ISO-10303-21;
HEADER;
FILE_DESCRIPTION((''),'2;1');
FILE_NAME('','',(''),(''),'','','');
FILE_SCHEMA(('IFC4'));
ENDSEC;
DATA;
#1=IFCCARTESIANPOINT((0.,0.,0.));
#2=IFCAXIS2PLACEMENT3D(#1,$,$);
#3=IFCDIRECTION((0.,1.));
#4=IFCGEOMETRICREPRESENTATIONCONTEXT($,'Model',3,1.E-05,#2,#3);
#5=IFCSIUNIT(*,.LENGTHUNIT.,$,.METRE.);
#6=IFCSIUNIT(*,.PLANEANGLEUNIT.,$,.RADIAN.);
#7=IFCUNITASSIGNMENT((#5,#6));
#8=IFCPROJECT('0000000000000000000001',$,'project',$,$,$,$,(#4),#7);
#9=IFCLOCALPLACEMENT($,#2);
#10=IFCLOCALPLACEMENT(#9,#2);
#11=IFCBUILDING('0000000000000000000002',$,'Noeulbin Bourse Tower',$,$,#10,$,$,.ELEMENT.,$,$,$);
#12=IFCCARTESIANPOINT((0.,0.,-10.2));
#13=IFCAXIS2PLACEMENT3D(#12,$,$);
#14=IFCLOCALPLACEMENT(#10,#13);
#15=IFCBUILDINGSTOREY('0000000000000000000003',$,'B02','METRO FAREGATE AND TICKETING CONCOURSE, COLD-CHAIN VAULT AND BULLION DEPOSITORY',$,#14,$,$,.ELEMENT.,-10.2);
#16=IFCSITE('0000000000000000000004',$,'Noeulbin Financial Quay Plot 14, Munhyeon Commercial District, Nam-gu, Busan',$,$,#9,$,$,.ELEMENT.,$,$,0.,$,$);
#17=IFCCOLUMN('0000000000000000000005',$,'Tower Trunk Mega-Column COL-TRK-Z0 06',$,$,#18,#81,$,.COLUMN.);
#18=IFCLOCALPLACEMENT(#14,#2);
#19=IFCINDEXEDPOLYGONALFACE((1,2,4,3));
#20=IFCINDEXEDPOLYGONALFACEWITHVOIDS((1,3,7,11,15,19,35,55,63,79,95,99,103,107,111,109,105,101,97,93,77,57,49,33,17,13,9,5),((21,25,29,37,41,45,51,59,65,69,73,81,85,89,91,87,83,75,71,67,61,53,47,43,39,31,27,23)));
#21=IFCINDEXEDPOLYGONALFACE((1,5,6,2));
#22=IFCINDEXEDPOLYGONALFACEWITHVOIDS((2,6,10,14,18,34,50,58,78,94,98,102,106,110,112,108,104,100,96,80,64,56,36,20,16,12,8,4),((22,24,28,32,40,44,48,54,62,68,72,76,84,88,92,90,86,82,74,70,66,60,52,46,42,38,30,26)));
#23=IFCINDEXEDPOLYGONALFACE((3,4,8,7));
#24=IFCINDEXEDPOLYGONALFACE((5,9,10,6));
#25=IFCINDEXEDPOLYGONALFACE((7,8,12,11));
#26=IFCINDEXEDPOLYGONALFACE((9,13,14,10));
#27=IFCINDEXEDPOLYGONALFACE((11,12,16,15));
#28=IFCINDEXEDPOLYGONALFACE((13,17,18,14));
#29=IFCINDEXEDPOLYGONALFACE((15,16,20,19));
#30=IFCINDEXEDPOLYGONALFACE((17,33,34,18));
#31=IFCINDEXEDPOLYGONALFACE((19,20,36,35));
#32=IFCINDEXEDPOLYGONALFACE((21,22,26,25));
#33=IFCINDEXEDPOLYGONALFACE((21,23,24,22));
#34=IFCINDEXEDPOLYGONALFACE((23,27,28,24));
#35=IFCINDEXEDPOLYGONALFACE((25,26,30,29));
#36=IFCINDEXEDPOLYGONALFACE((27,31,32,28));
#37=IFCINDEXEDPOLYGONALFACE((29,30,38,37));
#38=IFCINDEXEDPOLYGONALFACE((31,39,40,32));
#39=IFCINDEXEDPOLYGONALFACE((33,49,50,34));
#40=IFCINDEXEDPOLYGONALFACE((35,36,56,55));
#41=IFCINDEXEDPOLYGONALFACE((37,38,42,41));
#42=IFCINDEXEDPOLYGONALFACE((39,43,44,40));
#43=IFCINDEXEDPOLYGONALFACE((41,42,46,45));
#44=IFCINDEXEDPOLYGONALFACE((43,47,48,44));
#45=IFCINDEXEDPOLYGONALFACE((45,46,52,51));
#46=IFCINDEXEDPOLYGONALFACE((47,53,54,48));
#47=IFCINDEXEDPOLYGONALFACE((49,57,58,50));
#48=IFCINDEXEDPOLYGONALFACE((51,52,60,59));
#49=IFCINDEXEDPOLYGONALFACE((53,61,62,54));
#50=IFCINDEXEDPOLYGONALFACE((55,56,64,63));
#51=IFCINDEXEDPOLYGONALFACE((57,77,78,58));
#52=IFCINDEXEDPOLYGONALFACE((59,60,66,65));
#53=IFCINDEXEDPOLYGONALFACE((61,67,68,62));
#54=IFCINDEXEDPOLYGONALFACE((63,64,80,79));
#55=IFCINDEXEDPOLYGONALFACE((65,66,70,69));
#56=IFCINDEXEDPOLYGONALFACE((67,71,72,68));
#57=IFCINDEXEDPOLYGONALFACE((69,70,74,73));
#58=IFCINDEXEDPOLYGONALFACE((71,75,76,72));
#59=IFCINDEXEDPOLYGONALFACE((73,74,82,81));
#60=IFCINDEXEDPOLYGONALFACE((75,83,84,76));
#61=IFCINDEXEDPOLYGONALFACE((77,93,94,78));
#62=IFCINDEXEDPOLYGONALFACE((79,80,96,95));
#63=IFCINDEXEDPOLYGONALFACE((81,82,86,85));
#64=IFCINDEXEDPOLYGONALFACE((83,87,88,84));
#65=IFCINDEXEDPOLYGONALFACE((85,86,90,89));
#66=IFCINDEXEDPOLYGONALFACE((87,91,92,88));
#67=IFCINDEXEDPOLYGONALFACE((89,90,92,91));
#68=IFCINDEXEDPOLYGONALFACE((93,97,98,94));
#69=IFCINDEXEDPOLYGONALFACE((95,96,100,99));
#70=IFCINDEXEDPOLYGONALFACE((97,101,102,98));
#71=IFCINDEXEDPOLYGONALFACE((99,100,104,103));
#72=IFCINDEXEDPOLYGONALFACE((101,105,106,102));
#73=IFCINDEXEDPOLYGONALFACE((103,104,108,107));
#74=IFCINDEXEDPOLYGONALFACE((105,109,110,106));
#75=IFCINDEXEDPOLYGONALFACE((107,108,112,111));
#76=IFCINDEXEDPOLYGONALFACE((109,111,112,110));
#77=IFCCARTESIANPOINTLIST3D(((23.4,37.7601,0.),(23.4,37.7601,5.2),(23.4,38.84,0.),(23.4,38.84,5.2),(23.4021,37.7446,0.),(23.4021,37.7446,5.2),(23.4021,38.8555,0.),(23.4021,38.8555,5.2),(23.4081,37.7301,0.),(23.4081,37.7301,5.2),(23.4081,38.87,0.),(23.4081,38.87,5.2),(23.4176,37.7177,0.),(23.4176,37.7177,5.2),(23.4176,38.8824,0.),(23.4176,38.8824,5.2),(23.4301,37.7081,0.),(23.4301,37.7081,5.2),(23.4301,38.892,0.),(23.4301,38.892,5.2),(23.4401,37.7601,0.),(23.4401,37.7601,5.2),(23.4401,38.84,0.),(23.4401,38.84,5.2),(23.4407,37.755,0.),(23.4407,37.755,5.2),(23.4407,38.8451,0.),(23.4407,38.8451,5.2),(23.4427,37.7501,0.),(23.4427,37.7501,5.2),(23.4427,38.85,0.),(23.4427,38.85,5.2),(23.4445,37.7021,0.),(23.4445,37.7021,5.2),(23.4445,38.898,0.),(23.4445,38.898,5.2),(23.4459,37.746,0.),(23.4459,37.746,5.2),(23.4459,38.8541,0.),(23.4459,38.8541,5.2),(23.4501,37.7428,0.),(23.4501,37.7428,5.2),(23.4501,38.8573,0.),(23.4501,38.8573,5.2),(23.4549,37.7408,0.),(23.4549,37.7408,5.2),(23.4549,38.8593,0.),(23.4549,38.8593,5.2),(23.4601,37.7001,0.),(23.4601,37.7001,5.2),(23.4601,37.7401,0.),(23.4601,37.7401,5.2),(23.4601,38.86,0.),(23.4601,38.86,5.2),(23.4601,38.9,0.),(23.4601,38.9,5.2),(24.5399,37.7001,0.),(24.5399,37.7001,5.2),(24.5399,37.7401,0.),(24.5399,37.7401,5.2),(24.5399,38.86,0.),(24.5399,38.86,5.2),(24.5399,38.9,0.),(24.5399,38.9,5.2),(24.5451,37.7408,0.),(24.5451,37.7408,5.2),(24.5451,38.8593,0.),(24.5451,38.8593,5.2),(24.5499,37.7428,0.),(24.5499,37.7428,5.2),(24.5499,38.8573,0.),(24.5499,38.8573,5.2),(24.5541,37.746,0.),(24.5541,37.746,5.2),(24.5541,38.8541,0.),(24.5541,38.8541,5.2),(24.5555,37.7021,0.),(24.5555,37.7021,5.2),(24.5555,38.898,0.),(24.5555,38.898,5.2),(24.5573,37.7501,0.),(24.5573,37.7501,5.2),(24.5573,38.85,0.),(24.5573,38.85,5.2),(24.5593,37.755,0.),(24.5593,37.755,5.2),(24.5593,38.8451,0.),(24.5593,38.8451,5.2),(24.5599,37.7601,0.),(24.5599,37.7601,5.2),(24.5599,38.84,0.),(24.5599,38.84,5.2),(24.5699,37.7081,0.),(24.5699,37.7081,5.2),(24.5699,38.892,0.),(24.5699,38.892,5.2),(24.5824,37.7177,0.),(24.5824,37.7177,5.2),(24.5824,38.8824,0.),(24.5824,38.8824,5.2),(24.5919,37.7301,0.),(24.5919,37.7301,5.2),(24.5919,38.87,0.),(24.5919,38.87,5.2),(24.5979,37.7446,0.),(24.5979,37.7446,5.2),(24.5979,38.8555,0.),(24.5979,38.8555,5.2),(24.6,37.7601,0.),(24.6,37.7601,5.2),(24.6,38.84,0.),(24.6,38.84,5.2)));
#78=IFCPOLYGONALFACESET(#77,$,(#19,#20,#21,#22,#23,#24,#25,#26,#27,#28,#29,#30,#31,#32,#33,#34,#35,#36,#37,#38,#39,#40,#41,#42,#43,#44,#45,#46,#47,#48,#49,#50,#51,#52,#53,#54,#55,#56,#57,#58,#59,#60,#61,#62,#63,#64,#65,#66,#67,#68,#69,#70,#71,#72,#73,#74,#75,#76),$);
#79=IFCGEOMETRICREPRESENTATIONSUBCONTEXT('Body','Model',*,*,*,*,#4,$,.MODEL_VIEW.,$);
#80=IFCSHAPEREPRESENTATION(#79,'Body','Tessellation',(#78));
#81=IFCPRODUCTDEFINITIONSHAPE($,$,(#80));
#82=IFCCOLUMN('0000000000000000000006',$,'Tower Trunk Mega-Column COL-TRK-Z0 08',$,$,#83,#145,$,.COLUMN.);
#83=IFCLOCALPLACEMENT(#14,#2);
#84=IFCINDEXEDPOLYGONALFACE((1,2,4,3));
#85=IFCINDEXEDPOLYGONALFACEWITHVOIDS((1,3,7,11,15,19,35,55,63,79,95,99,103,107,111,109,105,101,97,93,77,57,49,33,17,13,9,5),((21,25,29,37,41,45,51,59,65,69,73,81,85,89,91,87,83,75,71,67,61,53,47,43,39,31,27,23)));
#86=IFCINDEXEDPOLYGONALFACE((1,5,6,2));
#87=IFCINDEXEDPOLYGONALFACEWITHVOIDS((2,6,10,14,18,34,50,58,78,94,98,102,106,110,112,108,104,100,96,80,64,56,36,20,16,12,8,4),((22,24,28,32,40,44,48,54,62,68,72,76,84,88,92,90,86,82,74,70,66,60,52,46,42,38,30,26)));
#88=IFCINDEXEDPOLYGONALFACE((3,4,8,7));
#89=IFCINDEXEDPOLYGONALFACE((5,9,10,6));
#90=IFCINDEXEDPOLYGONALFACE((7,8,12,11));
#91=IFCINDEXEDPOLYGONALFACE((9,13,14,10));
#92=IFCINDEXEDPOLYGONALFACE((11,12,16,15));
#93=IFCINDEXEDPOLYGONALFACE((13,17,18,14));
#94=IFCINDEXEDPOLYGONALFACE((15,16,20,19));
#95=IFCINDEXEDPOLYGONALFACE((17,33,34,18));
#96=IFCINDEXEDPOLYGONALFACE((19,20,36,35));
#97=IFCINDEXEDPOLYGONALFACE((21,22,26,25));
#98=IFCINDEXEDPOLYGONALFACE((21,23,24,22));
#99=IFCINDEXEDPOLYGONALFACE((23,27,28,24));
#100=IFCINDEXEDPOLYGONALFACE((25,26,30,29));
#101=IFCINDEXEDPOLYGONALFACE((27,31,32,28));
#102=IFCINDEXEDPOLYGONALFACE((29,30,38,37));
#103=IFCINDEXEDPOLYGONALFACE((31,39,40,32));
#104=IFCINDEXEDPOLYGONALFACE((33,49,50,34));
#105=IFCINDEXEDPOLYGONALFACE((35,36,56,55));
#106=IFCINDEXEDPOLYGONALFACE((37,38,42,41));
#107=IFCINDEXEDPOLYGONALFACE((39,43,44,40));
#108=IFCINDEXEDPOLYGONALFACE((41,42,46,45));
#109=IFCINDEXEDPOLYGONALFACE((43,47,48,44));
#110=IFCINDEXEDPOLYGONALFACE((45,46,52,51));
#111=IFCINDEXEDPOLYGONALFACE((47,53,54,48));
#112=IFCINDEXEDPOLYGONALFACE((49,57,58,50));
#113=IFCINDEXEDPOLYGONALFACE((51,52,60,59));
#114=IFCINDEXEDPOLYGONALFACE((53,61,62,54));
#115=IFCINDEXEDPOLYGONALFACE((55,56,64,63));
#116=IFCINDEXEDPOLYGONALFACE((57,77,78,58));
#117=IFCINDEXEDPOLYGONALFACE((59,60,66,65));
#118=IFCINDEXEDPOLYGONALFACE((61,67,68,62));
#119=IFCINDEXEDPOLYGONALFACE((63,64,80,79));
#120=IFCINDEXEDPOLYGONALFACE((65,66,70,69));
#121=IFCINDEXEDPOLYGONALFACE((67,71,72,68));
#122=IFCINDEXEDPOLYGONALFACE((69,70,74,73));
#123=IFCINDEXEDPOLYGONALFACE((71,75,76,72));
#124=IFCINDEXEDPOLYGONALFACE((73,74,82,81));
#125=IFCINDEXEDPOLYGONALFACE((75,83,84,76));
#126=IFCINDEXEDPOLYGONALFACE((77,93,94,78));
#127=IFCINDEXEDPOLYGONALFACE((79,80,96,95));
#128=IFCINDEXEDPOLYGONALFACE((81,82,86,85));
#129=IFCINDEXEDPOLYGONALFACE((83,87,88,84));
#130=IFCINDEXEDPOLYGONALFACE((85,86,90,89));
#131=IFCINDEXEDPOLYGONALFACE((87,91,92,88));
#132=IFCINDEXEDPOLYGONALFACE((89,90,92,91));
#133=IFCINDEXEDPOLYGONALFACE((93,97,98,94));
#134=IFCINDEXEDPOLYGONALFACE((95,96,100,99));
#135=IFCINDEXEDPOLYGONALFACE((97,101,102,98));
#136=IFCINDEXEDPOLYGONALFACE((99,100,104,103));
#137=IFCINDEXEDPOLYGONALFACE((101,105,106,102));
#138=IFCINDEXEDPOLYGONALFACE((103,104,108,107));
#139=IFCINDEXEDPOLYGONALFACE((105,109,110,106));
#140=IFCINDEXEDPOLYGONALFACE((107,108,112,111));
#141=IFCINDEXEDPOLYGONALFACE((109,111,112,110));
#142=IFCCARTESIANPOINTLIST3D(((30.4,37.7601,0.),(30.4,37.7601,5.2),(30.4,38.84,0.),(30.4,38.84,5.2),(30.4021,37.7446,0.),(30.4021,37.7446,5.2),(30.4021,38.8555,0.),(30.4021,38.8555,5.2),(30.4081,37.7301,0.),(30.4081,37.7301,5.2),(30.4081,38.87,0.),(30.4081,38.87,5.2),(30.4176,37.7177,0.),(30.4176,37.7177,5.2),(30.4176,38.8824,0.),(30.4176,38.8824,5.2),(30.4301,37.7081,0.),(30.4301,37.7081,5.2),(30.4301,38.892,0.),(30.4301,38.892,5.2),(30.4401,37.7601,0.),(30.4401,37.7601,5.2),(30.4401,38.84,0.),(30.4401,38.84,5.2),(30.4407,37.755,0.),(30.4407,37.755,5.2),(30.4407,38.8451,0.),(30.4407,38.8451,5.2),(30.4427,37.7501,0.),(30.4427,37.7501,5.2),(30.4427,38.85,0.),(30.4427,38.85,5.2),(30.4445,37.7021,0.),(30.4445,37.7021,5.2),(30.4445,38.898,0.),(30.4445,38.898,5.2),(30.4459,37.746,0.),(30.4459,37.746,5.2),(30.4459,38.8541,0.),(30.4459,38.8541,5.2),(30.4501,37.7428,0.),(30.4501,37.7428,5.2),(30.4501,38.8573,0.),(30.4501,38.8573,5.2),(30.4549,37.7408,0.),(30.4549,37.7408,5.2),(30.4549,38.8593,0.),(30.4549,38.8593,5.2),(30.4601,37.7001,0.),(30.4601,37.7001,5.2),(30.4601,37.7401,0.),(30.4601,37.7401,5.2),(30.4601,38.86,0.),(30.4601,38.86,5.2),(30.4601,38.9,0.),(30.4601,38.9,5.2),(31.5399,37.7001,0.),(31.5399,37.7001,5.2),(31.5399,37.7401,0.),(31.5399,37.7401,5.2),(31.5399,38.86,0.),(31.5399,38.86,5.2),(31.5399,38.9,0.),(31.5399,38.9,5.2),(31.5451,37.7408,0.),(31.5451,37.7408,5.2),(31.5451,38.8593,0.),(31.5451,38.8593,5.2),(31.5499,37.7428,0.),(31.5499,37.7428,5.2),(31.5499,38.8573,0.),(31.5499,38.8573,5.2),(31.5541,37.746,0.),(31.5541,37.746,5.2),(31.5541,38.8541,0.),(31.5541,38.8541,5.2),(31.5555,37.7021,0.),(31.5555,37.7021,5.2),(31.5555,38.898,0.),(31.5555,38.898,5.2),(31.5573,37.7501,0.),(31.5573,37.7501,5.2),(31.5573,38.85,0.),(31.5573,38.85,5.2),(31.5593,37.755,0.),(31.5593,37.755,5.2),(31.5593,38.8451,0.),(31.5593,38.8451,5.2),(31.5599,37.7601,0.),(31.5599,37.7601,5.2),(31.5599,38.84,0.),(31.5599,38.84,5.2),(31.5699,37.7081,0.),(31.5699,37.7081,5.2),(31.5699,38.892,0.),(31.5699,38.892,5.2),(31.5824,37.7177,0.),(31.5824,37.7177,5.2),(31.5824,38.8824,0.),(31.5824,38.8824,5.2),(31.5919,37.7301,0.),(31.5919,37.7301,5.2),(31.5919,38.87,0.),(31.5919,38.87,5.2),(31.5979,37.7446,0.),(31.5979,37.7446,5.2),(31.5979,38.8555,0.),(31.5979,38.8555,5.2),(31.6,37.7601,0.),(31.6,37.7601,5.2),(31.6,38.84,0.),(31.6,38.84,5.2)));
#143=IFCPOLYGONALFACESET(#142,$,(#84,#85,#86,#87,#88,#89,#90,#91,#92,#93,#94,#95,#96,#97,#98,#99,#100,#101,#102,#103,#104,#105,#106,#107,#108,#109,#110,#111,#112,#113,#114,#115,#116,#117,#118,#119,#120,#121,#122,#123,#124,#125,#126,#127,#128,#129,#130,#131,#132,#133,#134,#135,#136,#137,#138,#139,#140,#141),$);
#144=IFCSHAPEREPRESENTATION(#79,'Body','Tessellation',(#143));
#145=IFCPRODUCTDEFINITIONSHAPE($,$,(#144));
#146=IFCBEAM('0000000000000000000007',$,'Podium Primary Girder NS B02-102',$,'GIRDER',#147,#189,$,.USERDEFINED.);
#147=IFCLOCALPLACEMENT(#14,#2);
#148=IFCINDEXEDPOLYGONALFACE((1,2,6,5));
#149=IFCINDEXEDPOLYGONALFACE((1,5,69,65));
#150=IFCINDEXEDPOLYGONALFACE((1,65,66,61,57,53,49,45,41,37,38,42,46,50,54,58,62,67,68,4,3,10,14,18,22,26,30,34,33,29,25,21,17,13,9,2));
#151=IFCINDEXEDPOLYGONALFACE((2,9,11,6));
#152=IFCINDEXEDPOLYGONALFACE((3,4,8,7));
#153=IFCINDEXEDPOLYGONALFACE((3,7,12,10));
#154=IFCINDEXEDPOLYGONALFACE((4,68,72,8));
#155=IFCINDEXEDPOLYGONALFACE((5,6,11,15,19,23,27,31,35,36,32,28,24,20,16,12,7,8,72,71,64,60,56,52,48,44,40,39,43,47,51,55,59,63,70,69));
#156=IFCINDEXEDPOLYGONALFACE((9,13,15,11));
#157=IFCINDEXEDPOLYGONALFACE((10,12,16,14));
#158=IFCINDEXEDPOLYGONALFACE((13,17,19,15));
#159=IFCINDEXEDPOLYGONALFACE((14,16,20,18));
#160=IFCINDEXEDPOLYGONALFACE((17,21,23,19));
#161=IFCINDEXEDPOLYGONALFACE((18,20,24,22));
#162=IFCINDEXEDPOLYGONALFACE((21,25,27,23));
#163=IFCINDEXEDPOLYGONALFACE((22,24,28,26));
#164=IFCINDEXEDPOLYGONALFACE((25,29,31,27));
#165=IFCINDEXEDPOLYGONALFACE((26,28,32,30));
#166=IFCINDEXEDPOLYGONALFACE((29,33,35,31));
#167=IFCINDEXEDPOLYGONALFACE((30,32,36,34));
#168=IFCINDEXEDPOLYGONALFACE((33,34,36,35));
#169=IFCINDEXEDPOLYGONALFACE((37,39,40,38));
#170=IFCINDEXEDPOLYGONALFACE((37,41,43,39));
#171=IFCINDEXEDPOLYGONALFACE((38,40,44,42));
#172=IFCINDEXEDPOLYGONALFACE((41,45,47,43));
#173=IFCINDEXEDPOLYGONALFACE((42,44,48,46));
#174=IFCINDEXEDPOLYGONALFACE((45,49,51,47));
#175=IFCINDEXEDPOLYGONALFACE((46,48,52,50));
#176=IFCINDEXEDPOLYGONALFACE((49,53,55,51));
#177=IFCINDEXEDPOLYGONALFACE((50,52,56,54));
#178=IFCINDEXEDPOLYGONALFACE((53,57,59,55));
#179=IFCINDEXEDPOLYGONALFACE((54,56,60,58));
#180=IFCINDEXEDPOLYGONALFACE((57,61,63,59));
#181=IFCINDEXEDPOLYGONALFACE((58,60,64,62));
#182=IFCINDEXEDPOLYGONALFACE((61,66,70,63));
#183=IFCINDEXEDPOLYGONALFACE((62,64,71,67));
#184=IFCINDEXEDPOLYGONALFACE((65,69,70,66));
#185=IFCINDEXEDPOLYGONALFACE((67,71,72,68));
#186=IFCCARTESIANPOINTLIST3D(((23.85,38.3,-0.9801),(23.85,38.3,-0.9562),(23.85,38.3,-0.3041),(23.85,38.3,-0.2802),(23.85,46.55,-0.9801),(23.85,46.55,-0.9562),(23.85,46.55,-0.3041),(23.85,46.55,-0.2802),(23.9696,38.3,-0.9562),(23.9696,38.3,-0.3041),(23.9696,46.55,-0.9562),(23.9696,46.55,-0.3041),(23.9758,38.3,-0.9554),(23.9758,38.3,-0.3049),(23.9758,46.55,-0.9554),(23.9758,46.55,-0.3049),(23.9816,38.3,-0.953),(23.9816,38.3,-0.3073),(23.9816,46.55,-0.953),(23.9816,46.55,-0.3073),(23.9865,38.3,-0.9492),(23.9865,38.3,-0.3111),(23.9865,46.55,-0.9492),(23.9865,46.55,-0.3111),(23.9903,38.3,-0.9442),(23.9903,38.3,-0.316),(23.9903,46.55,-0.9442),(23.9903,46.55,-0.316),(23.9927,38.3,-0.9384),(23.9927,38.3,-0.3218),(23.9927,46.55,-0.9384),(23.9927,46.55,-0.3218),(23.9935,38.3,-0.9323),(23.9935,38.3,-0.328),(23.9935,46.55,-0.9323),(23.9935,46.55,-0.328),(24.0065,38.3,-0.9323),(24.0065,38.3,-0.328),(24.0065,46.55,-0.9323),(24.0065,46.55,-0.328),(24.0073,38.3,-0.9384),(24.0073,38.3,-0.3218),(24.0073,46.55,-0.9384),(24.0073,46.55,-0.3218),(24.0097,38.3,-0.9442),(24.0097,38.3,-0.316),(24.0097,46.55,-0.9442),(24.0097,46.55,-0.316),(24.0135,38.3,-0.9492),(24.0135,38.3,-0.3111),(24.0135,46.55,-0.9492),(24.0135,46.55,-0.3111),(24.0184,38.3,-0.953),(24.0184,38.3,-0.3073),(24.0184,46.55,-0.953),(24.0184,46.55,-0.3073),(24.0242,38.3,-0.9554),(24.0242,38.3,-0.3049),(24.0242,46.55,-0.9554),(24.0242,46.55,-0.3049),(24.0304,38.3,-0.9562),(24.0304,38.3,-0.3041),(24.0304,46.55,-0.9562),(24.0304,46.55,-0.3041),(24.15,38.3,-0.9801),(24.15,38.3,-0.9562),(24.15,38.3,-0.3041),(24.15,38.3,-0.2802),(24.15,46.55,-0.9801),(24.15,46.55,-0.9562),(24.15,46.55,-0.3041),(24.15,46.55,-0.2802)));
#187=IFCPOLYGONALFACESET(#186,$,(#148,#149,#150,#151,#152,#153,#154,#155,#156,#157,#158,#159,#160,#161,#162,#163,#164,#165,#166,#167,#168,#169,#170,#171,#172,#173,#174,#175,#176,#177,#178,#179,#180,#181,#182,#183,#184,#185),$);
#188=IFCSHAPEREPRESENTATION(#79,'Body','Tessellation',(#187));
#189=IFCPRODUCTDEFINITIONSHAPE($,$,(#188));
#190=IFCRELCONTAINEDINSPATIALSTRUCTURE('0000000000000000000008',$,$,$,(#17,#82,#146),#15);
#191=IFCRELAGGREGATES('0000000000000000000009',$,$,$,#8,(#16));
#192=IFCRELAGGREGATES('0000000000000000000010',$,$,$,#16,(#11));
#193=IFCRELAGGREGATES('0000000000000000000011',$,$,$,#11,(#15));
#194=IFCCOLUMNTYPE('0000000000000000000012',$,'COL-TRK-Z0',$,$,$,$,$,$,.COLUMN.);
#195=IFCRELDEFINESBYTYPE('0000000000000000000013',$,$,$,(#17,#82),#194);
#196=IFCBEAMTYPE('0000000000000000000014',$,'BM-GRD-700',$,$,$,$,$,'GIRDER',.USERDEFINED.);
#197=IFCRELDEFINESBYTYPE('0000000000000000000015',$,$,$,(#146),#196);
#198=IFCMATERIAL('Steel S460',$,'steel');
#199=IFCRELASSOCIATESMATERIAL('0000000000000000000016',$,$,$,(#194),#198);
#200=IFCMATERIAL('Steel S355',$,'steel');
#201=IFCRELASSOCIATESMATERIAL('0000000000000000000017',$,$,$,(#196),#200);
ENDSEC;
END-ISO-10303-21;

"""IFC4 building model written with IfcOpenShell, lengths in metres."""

from ifc_helpers import new_model, si_unit, direction, frame, origin, origin_2d, place, context, subcontext, project, spatial, hollow_rectangle, i_section, extrude, material, material_profile, profile_set, type_object, element, save


model = new_model("IFC4")

# Units and contexts
model_context = context("Model", 3, precision=1e-05, world=origin(), true_north=direction((0.0, 1.0)))
body_context = subcontext(model_context, "Body", "Model", "MODEL_VIEW")
ifc_project = project(units=[si_unit("LENGTHUNIT", "METRE"), si_unit("PLANEANGLEUNIT", "RADIAN")], contexts=[model_context])

# Site, building, storey
site_placement = place(None, origin())
site = spatial("IfcSite", under=ifc_project, at=site_placement, Name="Noeulbin Financial Quay Plot 14, Munhyeon Commercial District, Nam-gu, Busan", CompositionType="ELEMENT", RefElevation=0.0)
building_placement = place(site_placement, origin())
building = spatial("IfcBuilding", under=site, at=building_placement, Name="Noeulbin Bourse Tower", CompositionType="ELEMENT")
storey_placement = place(building_placement, frame((0.0, 0.0, -10.2)))
storey = spatial("IfcBuildingStorey", under=building, at=storey_placement, Name="B02", Description="METRO FAREGATE AND TICKETING CONCOURSE, COLD-CHAIN VAULT AND BULLION DEPOSITORY", CompositionType="ELEMENT", Elevation=-10.2)

# Columns
ifc_material_1 = material(Name="Steel S460", Category="steel")
ifc_material_profile_1 = material_profile(ifc_material_1, hollow_rectangle(XDim=1.2, YDim=1.2, WallThickness=0.04, InnerFilletRadius=0.02, OuterFilletRadius=0.0601, at=origin_2d()), Name="BOX-1200x1200x40", Category="LoadBearing")
ifc_profile_set_1 = profile_set([ifc_material_profile_1], Name="Steel S460")
column_type = type_object("IfcColumnType", Name="COL-TRK-Z0", PredefinedType="COLUMN", material=ifc_profile_set_1)
for number, where, z_axis, x_axis, name in (
    (1, (24.0, 38.3, 0.0), (0.0, 0.0, 1.0), (1.0, 0.0, 0.0), "Tower Trunk Mega-Column COL-TRK-Z0 06"),
    (2, (31.0, 38.3, 0.0), (0.0, 0.0, 1.0), (1.0, 0.0, 0.0), "Tower Trunk Mega-Column COL-TRK-Z0 08"),
):
    element("IfcColumn", number, at=place(storey_placement, frame(where, z_axis=z_axis, x_axis=x_axis)), inside=storey, type_object=column_type, Name=name, PredefinedType="COLUMN", context=body_context, shape_type="SweptSolid", body=[
        extrude(hollow_rectangle(XDim=1.2, YDim=1.2, WallThickness=0.04, InnerFilletRadius=0.02, OuterFilletRadius=0.0601, at=origin_2d()), origin(), (0.0, 0.0, 1.0), 5.2),
    ])

# Beam
ifc_material_2 = material(Name="Steel S355", Category="steel")
ifc_material_profile_2 = material_profile(ifc_material_2, i_section(OverallWidth=0.3, OverallDepth=0.7, WebThickness=0.0129, FlangeThickness=0.0239, FilletRadius=0.0239, at=origin_2d()), Name="H-700x300x13x24", Category="LoadBearing")
ifc_profile_set_2 = profile_set([ifc_material_profile_2], Name="Steel S355")
beam_type_1 = type_object("IfcBeamType", Name="BM-GRD-700", ElementType="GIRDER", PredefinedType="USERDEFINED", material=ifc_profile_set_2)
for number, where, z_axis, x_axis, name in (
    (3, (24.0, 38.3, -0.6301), (0.0, 1.0, 0.0), (-1.0, 0.0, 0.0), "Podium Primary Girder NS B02-102"),
):
    element("IfcBeam", number, at=place(storey_placement, frame(where, z_axis=z_axis, x_axis=x_axis)), inside=storey, type_object=beam_type_1, Name=name, ObjectType="GIRDER", PredefinedType="USERDEFINED", context=body_context, shape_type="SweptSolid", body=[
        extrude(i_section(OverallWidth=0.3, OverallDepth=0.7, WebThickness=0.0129, FlangeThickness=0.0239, FilletRadius=0.0239, at=origin_2d()), origin(), (0.0, 0.0, 1.0), 8.25),
    ])

save(model, "model.ifc")
